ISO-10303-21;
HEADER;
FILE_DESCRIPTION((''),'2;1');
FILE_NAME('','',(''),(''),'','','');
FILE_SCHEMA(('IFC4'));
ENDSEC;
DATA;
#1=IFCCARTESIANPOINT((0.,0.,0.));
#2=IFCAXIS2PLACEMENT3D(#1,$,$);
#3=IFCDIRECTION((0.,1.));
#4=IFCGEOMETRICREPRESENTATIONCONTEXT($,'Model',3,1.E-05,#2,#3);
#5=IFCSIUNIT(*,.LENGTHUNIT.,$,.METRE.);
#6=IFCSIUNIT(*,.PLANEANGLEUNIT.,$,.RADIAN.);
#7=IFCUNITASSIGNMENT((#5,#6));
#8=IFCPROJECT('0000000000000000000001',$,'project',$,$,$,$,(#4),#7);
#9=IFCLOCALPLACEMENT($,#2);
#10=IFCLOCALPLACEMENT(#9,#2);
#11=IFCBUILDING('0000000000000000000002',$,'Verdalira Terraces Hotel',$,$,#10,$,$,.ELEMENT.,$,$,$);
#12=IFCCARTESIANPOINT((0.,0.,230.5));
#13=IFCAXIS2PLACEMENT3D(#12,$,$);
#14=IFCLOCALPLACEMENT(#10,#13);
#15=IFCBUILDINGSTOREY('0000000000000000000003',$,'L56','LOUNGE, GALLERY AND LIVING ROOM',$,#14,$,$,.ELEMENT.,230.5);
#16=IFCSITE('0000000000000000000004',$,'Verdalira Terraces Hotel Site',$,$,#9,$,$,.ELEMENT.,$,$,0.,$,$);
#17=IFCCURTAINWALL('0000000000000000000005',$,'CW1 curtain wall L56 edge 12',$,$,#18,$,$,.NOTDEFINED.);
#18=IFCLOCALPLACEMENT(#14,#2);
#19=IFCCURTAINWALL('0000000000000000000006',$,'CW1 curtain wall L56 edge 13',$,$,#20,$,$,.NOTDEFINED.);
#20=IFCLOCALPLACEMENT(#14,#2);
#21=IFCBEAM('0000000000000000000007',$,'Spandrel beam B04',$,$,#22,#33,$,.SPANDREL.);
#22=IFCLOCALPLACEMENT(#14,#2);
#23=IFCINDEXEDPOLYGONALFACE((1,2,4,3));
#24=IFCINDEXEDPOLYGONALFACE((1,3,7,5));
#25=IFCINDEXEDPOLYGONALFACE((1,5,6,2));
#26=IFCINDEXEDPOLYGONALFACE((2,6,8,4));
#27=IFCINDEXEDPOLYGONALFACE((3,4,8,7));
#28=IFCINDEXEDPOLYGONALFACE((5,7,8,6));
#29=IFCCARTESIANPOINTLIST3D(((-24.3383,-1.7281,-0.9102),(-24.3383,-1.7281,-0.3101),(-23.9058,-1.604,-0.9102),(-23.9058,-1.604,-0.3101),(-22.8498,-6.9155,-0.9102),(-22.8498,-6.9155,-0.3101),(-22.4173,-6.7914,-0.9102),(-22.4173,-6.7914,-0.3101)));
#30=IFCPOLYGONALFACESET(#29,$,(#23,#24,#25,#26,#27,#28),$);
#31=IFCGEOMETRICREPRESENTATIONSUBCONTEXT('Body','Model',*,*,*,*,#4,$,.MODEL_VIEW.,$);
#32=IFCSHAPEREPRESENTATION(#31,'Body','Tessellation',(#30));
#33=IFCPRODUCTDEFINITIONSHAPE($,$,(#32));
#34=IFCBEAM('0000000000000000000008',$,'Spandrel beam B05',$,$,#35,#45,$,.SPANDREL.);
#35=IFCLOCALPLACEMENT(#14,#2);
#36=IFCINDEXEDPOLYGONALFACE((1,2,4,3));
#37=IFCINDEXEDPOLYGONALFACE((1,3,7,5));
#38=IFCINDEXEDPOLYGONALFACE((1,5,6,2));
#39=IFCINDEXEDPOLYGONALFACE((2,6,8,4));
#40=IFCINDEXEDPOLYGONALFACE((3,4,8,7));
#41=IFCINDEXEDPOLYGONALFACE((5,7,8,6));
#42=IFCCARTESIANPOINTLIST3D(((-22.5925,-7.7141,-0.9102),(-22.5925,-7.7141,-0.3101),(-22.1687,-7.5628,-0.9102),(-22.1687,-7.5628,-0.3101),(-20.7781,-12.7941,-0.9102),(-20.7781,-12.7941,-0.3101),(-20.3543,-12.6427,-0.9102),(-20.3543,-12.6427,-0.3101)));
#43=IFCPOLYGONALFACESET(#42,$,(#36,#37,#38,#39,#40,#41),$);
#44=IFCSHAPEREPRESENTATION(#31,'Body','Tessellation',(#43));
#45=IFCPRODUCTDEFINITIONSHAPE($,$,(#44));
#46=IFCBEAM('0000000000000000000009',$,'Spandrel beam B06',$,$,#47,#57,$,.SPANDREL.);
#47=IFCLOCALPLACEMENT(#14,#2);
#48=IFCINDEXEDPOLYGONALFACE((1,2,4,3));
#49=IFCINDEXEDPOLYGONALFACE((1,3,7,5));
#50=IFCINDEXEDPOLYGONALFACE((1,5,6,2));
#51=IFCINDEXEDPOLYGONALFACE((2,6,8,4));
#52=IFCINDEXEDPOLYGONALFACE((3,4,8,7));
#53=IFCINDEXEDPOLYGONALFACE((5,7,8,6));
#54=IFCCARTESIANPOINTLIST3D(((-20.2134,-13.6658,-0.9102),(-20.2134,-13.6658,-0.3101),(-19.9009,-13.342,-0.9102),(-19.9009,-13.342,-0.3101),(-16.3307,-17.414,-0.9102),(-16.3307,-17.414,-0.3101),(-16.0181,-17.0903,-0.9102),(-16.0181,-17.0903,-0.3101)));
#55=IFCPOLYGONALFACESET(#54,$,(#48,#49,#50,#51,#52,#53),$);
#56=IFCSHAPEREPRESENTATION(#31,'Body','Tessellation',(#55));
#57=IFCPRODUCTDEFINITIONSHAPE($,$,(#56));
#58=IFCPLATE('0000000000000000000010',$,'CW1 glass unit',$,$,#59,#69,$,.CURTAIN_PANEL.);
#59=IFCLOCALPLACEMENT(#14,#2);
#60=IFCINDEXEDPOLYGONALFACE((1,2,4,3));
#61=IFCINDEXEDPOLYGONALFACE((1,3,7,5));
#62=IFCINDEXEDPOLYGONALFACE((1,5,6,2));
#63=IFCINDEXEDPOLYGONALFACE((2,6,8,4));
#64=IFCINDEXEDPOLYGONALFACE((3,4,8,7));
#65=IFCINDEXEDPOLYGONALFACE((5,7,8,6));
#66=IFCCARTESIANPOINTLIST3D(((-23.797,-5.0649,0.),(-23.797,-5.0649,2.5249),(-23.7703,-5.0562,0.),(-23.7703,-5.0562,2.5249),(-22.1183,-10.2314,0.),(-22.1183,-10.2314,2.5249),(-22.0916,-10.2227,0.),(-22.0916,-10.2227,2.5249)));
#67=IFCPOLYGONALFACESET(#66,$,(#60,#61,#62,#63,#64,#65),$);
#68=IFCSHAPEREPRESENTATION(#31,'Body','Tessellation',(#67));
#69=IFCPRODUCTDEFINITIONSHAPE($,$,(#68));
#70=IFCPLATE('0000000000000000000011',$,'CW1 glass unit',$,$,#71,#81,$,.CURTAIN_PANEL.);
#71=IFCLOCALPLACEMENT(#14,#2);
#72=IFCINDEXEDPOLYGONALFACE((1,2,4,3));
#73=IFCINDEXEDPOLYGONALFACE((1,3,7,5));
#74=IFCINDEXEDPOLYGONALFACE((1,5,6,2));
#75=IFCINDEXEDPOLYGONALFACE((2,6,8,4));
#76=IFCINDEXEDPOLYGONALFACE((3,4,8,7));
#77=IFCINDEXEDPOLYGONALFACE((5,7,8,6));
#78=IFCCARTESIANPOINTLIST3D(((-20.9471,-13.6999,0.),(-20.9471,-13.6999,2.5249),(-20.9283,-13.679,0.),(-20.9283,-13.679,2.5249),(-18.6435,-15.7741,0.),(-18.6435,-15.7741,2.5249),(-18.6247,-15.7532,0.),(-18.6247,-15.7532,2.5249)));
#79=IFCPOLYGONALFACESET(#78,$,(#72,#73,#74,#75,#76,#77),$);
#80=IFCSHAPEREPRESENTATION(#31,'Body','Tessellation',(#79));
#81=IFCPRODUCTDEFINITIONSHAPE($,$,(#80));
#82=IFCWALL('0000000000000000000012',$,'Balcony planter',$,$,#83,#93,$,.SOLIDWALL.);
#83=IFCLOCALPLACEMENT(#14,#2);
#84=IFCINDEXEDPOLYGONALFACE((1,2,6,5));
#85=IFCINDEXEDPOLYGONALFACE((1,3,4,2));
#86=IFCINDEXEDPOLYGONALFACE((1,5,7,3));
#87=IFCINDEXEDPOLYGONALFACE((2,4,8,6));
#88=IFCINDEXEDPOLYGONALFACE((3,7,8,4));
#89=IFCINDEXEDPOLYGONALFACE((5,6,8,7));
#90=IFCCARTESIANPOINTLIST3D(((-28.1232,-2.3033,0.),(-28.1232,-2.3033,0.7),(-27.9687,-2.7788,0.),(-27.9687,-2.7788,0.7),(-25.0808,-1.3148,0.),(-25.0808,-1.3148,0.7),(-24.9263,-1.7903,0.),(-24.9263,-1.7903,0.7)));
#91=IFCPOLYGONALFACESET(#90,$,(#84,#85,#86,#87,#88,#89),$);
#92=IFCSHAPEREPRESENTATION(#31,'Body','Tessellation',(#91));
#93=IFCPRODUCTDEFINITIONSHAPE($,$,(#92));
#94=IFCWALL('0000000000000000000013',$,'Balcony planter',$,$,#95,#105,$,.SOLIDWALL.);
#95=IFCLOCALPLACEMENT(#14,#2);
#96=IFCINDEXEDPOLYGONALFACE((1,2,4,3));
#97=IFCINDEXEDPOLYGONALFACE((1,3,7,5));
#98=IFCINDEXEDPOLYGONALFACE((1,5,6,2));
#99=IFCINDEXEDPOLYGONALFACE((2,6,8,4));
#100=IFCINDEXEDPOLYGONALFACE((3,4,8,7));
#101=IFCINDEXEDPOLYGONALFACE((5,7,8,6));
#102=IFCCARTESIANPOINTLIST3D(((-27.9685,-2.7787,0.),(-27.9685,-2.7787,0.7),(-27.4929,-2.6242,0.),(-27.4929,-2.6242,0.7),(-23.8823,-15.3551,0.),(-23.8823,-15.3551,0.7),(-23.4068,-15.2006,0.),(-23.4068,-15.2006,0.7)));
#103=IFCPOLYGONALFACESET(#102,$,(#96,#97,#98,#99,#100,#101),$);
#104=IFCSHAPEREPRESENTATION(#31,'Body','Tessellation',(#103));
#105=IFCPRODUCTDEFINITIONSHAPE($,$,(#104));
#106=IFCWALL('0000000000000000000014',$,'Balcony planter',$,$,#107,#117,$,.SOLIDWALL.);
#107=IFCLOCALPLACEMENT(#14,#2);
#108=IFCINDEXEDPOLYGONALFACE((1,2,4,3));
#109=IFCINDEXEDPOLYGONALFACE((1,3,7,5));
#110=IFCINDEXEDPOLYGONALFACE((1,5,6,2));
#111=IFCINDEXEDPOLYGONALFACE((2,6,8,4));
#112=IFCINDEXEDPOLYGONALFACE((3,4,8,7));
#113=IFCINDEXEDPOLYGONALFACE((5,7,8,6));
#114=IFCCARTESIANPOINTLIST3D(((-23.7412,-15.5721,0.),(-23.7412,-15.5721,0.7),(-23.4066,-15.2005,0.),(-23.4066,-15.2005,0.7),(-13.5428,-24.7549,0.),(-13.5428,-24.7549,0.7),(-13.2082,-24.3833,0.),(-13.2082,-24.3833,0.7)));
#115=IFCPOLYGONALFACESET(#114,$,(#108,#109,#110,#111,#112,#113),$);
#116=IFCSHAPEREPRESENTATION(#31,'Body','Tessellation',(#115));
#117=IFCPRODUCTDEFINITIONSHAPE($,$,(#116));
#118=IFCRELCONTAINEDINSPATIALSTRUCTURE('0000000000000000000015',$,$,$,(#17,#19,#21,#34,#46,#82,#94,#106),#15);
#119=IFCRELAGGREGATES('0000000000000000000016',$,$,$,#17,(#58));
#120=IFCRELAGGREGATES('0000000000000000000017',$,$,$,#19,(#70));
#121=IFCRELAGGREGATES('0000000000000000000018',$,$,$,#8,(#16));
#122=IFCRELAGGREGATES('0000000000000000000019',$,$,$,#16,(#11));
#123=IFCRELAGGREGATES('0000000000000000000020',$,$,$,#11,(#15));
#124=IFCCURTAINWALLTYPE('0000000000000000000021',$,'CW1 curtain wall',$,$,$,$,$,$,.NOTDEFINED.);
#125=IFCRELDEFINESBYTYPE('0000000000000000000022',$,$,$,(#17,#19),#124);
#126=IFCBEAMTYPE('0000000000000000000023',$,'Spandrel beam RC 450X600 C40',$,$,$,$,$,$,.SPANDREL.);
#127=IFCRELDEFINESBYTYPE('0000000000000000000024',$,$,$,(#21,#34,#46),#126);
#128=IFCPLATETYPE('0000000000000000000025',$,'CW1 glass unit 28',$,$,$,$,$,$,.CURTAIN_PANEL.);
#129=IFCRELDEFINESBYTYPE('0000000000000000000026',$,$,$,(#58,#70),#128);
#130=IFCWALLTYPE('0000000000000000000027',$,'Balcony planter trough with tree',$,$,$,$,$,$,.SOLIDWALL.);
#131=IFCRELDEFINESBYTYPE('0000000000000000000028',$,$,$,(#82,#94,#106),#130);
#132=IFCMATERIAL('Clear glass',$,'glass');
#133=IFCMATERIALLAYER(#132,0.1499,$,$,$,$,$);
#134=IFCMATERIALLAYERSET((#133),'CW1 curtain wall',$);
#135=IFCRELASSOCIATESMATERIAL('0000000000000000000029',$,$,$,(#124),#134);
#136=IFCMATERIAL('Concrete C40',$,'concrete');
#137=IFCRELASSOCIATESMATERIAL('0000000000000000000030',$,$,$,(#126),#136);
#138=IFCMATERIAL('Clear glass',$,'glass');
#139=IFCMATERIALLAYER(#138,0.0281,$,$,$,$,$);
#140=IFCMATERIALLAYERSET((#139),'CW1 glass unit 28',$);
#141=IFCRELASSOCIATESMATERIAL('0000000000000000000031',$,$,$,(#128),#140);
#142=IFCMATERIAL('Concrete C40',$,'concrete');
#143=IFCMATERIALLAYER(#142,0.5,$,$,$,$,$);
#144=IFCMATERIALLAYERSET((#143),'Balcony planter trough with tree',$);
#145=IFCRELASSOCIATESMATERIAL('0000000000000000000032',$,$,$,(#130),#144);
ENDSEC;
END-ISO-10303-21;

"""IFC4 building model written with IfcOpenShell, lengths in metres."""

from ifc_helpers import new_model, si_unit, direction, frame, frame_2d, origin, origin_2d, place, context, subcontext, project, spatial, rectangle, extrude, material, layer, layer_set, material_profile, profile_set, type_object, element, aggregate, save


model = new_model("IFC4")

# Units and contexts
model_context = context("Model", 3, precision=1e-05, world=origin(), true_north=direction((0.0, 1.0)))
body_context = subcontext(model_context, "Body", "Model", "MODEL_VIEW")
ifc_project = project(units=[si_unit("LENGTHUNIT", "METRE"), si_unit("PLANEANGLEUNIT", "RADIAN")], contexts=[model_context])

# Site, building, storey
site_placement = place(None, origin())
site = spatial("IfcSite", under=ifc_project, at=site_placement, Name="Verdalira Terraces Hotel Site", CompositionType="ELEMENT", RefElevation=0.0)
building_placement = place(site_placement, origin())
building = spatial("IfcBuilding", under=site, at=building_placement, Name="Verdalira Terraces Hotel", CompositionType="ELEMENT")
storey_placement = place(building_placement, frame((0.0, 0.0, 230.5)))
storey = spatial("IfcBuildingStorey", under=building, at=storey_placement, Name="L56", Description="LOUNGE, GALLERY AND LIVING ROOM", CompositionType="ELEMENT", Elevation=230.5)

# Shared definitions
ifc_material_1 = material(Name="Clear glass", Category="glass")
ifc_layer_1 = layer(ifc_material_1, 0.1499)
ifc_layer_set_1 = layer_set([ifc_layer_1], Name="CW1 curtain wall")
curtain_wall_type = type_object("IfcCurtainWallType", Name="CW1 curtain wall", PredefinedType="NOTDEFINED", material=ifc_layer_set_1)

# Curtain wall
curtain_wall_1_placement = place(storey_placement, origin())
curtain_wall_1 = element("IfcCurtainWall", 1, at=curtain_wall_1_placement, inside=storey, type_object=curtain_wall_type, Name="CW1 curtain wall L56 edge 12", PredefinedType="NOTDEFINED")

# Curtain wall
curtain_wall_2_placement = place(storey_placement, origin())
curtain_wall_2 = element("IfcCurtainWall", 2, at=curtain_wall_2_placement, inside=storey, type_object=curtain_wall_type, Name="CW1 curtain wall L56 edge 13", PredefinedType="NOTDEFINED")

# Beams
ifc_material_2 = material(Name="Concrete C40", Category="concrete")
ifc_material_profile_1 = material_profile(ifc_material_2, rectangle(XDim=0.45, YDim=0.6001, at=origin_2d()), Name="RC 450X600")
ifc_profile_set_1 = profile_set([ifc_material_profile_1], Name="Concrete C40")
beam_type_1 = type_object("IfcBeamType", Name="Spandrel beam RC 450X600 C40", PredefinedType="SPANDREL", material=ifc_profile_set_1)
beam_1_placement = place(storey_placement, frame((-24.1221, -1.666, -0.6101), z_axis=(0.275814, -0.961211, 0.0), x_axis=(0.961211, 0.275814, 0.0)))
element("IfcBeam", 3, at=beam_1_placement, inside=storey, type_object=beam_type_1, Name="Spandrel beam B04", PredefinedType="SPANDREL", context=body_context, shape_type="SweptSolid", body=[
    extrude(rectangle(XDim=0.45, YDim=0.6001, at=origin_2d()), origin(), (0.0, 0.0, 1.0), 5.3967),
])
beam_2_placement = place(storey_placement, frame((-22.3806, -7.6384, -0.6101), z_axis=(0.336359, -0.941734, 0.0), x_axis=(0.941734, 0.336359, 0.0)))
element("IfcBeam", 4, at=beam_2_placement, inside=storey, type_object=beam_type_1, Name="Spandrel beam B05", PredefinedType="SPANDREL", context=body_context, shape_type="SweptSolid", body=[
    extrude(rectangle(XDim=0.45, YDim=0.6001, at=origin_2d()), origin(), (0.0, 0.0, 1.0), 5.3943),
])
beam_3_placement = place(storey_placement, frame((-20.0571, -13.5039, -0.6101), z_axis=(0.71946, -0.694534, 0.0), x_axis=(0.694534, 0.71946, 0.0)))
element("IfcBeam", 5, at=beam_3_placement, inside=storey, type_object=beam_type_1, Name="Spandrel beam B06", PredefinedType="SPANDREL", context=body_context, shape_type="SweptSolid", body=[
    extrude(rectangle(XDim=0.45, YDim=0.6001, at=origin_2d()), origin(), (0.0, 0.0, 1.0), 5.3967),
])

# Plates
ifc_material_3 = material(Name="Clear glass", Category="glass")
ifc_layer_2 = layer(ifc_material_3, 0.0281)
ifc_layer_set_2 = layer_set([ifc_layer_2], Name="CW1 glass unit 28")
plate_type = type_object("IfcPlateType", Name="CW1 glass unit 28", PredefinedType="CURTAIN_PANEL", material=ifc_layer_set_2)
plate_1_placement = place(storey_placement, frame((-22.9443, -7.6438, 0.0), z_axis=(0.0, 0.0, 1.0), x_axis=(0.309017, -0.951057, 0.0)))
plate_1 = element("IfcPlate", 6, at=plate_1_placement, type_object=plate_type, Name="CW1 glass unit", PredefinedType="CURTAIN_PANEL", context=body_context, shape_type="SweptSolid", body=[
    extrude(rectangle(XDim=5.4324, YDim=0.0281, at=origin_2d()), origin(), (0.0, 0.0, 1.0), 2.5249),
])
aggregate(curtain_wall_1, [plate_1])
plate_2_placement = place(storey_placement, frame((-19.7859, -14.7266, 0.0), z_axis=(0.0, 0.0, 1.0), x_axis=(0.743145, -0.669131, 0.0)))
plate_2 = element("IfcPlate", 7, at=plate_2_placement, type_object=plate_type, Name="CW1 glass unit", PredefinedType="CURTAIN_PANEL", context=body_context, shape_type="SweptSolid", body=[
    extrude(rectangle(XDim=3.0999, YDim=0.0281, at=origin_2d()), origin(), (0.0, 0.0, 1.0), 2.5249),
])
aggregate(curtain_wall_2, [plate_2])

# Walls
ifc_material_4 = material(Name="Concrete C40", Category="concrete")
ifc_layer_3 = layer(ifc_material_4, 0.5)
ifc_layer_set_3 = layer_set([ifc_layer_3], Name="Balcony planter trough with tree")
wall_type_1 = type_object("IfcWallType", Name="Balcony planter trough with tree", PredefinedType="SOLIDWALL", material=ifc_layer_set_3)
wall_1_placement = place(storey_placement, frame((-25.0034, -1.5525, 0.0), z_axis=(0.0, 0.0, 1.0), x_axis=(-0.95106, -0.309007, 0.0)))
element("IfcWall", 8, at=wall_1_placement, inside=storey, type_object=wall_type_1, Name="Balcony planter", PredefinedType="SOLIDWALL", context=body_context, shape_type="SweptSolid", body=[
    extrude(rectangle(XDim=3.199, YDim=0.5, at=frame_2d((1.5996, 0.0))), origin(), (0.0, 0.0, 1.0), 0.7),
])
wall_2_placement = place(storey_placement, frame((-27.7307, -2.7014, 0.0), z_axis=(0.0, 0.0, 1.0), x_axis=(0.309007, -0.95106, 0.0)))
element("IfcWall", 9, at=wall_2_placement, inside=storey, type_object=wall_type_1, Name="Balcony planter", PredefinedType="SOLIDWALL", context=body_context, shape_type="SweptSolid", body=[
    extrude(rectangle(XDim=13.2236, YDim=0.5, at=frame_2d((6.6118, 0.0))), origin(), (0.0, 0.0, 1.0), 0.7),
])
wall_3_placement = place(storey_placement, frame((-23.574, -15.3862, 0.0), z_axis=(0.0, 0.0, 1.0), x_axis=(0.743141, -0.669135, 0.0)))
element("IfcWall", 10, at=wall_3_placement, inside=storey, type_object=wall_type_1, Name="Balcony planter", PredefinedType="SOLIDWALL", context=body_context, shape_type="SweptSolid", body=[
    extrude(rectangle(XDim=13.7234, YDim=0.5, at=frame_2d((6.8618, 0.0))), origin(), (0.0, 0.0, 1.0), 0.7),
])

save(model, "model.ifc")
